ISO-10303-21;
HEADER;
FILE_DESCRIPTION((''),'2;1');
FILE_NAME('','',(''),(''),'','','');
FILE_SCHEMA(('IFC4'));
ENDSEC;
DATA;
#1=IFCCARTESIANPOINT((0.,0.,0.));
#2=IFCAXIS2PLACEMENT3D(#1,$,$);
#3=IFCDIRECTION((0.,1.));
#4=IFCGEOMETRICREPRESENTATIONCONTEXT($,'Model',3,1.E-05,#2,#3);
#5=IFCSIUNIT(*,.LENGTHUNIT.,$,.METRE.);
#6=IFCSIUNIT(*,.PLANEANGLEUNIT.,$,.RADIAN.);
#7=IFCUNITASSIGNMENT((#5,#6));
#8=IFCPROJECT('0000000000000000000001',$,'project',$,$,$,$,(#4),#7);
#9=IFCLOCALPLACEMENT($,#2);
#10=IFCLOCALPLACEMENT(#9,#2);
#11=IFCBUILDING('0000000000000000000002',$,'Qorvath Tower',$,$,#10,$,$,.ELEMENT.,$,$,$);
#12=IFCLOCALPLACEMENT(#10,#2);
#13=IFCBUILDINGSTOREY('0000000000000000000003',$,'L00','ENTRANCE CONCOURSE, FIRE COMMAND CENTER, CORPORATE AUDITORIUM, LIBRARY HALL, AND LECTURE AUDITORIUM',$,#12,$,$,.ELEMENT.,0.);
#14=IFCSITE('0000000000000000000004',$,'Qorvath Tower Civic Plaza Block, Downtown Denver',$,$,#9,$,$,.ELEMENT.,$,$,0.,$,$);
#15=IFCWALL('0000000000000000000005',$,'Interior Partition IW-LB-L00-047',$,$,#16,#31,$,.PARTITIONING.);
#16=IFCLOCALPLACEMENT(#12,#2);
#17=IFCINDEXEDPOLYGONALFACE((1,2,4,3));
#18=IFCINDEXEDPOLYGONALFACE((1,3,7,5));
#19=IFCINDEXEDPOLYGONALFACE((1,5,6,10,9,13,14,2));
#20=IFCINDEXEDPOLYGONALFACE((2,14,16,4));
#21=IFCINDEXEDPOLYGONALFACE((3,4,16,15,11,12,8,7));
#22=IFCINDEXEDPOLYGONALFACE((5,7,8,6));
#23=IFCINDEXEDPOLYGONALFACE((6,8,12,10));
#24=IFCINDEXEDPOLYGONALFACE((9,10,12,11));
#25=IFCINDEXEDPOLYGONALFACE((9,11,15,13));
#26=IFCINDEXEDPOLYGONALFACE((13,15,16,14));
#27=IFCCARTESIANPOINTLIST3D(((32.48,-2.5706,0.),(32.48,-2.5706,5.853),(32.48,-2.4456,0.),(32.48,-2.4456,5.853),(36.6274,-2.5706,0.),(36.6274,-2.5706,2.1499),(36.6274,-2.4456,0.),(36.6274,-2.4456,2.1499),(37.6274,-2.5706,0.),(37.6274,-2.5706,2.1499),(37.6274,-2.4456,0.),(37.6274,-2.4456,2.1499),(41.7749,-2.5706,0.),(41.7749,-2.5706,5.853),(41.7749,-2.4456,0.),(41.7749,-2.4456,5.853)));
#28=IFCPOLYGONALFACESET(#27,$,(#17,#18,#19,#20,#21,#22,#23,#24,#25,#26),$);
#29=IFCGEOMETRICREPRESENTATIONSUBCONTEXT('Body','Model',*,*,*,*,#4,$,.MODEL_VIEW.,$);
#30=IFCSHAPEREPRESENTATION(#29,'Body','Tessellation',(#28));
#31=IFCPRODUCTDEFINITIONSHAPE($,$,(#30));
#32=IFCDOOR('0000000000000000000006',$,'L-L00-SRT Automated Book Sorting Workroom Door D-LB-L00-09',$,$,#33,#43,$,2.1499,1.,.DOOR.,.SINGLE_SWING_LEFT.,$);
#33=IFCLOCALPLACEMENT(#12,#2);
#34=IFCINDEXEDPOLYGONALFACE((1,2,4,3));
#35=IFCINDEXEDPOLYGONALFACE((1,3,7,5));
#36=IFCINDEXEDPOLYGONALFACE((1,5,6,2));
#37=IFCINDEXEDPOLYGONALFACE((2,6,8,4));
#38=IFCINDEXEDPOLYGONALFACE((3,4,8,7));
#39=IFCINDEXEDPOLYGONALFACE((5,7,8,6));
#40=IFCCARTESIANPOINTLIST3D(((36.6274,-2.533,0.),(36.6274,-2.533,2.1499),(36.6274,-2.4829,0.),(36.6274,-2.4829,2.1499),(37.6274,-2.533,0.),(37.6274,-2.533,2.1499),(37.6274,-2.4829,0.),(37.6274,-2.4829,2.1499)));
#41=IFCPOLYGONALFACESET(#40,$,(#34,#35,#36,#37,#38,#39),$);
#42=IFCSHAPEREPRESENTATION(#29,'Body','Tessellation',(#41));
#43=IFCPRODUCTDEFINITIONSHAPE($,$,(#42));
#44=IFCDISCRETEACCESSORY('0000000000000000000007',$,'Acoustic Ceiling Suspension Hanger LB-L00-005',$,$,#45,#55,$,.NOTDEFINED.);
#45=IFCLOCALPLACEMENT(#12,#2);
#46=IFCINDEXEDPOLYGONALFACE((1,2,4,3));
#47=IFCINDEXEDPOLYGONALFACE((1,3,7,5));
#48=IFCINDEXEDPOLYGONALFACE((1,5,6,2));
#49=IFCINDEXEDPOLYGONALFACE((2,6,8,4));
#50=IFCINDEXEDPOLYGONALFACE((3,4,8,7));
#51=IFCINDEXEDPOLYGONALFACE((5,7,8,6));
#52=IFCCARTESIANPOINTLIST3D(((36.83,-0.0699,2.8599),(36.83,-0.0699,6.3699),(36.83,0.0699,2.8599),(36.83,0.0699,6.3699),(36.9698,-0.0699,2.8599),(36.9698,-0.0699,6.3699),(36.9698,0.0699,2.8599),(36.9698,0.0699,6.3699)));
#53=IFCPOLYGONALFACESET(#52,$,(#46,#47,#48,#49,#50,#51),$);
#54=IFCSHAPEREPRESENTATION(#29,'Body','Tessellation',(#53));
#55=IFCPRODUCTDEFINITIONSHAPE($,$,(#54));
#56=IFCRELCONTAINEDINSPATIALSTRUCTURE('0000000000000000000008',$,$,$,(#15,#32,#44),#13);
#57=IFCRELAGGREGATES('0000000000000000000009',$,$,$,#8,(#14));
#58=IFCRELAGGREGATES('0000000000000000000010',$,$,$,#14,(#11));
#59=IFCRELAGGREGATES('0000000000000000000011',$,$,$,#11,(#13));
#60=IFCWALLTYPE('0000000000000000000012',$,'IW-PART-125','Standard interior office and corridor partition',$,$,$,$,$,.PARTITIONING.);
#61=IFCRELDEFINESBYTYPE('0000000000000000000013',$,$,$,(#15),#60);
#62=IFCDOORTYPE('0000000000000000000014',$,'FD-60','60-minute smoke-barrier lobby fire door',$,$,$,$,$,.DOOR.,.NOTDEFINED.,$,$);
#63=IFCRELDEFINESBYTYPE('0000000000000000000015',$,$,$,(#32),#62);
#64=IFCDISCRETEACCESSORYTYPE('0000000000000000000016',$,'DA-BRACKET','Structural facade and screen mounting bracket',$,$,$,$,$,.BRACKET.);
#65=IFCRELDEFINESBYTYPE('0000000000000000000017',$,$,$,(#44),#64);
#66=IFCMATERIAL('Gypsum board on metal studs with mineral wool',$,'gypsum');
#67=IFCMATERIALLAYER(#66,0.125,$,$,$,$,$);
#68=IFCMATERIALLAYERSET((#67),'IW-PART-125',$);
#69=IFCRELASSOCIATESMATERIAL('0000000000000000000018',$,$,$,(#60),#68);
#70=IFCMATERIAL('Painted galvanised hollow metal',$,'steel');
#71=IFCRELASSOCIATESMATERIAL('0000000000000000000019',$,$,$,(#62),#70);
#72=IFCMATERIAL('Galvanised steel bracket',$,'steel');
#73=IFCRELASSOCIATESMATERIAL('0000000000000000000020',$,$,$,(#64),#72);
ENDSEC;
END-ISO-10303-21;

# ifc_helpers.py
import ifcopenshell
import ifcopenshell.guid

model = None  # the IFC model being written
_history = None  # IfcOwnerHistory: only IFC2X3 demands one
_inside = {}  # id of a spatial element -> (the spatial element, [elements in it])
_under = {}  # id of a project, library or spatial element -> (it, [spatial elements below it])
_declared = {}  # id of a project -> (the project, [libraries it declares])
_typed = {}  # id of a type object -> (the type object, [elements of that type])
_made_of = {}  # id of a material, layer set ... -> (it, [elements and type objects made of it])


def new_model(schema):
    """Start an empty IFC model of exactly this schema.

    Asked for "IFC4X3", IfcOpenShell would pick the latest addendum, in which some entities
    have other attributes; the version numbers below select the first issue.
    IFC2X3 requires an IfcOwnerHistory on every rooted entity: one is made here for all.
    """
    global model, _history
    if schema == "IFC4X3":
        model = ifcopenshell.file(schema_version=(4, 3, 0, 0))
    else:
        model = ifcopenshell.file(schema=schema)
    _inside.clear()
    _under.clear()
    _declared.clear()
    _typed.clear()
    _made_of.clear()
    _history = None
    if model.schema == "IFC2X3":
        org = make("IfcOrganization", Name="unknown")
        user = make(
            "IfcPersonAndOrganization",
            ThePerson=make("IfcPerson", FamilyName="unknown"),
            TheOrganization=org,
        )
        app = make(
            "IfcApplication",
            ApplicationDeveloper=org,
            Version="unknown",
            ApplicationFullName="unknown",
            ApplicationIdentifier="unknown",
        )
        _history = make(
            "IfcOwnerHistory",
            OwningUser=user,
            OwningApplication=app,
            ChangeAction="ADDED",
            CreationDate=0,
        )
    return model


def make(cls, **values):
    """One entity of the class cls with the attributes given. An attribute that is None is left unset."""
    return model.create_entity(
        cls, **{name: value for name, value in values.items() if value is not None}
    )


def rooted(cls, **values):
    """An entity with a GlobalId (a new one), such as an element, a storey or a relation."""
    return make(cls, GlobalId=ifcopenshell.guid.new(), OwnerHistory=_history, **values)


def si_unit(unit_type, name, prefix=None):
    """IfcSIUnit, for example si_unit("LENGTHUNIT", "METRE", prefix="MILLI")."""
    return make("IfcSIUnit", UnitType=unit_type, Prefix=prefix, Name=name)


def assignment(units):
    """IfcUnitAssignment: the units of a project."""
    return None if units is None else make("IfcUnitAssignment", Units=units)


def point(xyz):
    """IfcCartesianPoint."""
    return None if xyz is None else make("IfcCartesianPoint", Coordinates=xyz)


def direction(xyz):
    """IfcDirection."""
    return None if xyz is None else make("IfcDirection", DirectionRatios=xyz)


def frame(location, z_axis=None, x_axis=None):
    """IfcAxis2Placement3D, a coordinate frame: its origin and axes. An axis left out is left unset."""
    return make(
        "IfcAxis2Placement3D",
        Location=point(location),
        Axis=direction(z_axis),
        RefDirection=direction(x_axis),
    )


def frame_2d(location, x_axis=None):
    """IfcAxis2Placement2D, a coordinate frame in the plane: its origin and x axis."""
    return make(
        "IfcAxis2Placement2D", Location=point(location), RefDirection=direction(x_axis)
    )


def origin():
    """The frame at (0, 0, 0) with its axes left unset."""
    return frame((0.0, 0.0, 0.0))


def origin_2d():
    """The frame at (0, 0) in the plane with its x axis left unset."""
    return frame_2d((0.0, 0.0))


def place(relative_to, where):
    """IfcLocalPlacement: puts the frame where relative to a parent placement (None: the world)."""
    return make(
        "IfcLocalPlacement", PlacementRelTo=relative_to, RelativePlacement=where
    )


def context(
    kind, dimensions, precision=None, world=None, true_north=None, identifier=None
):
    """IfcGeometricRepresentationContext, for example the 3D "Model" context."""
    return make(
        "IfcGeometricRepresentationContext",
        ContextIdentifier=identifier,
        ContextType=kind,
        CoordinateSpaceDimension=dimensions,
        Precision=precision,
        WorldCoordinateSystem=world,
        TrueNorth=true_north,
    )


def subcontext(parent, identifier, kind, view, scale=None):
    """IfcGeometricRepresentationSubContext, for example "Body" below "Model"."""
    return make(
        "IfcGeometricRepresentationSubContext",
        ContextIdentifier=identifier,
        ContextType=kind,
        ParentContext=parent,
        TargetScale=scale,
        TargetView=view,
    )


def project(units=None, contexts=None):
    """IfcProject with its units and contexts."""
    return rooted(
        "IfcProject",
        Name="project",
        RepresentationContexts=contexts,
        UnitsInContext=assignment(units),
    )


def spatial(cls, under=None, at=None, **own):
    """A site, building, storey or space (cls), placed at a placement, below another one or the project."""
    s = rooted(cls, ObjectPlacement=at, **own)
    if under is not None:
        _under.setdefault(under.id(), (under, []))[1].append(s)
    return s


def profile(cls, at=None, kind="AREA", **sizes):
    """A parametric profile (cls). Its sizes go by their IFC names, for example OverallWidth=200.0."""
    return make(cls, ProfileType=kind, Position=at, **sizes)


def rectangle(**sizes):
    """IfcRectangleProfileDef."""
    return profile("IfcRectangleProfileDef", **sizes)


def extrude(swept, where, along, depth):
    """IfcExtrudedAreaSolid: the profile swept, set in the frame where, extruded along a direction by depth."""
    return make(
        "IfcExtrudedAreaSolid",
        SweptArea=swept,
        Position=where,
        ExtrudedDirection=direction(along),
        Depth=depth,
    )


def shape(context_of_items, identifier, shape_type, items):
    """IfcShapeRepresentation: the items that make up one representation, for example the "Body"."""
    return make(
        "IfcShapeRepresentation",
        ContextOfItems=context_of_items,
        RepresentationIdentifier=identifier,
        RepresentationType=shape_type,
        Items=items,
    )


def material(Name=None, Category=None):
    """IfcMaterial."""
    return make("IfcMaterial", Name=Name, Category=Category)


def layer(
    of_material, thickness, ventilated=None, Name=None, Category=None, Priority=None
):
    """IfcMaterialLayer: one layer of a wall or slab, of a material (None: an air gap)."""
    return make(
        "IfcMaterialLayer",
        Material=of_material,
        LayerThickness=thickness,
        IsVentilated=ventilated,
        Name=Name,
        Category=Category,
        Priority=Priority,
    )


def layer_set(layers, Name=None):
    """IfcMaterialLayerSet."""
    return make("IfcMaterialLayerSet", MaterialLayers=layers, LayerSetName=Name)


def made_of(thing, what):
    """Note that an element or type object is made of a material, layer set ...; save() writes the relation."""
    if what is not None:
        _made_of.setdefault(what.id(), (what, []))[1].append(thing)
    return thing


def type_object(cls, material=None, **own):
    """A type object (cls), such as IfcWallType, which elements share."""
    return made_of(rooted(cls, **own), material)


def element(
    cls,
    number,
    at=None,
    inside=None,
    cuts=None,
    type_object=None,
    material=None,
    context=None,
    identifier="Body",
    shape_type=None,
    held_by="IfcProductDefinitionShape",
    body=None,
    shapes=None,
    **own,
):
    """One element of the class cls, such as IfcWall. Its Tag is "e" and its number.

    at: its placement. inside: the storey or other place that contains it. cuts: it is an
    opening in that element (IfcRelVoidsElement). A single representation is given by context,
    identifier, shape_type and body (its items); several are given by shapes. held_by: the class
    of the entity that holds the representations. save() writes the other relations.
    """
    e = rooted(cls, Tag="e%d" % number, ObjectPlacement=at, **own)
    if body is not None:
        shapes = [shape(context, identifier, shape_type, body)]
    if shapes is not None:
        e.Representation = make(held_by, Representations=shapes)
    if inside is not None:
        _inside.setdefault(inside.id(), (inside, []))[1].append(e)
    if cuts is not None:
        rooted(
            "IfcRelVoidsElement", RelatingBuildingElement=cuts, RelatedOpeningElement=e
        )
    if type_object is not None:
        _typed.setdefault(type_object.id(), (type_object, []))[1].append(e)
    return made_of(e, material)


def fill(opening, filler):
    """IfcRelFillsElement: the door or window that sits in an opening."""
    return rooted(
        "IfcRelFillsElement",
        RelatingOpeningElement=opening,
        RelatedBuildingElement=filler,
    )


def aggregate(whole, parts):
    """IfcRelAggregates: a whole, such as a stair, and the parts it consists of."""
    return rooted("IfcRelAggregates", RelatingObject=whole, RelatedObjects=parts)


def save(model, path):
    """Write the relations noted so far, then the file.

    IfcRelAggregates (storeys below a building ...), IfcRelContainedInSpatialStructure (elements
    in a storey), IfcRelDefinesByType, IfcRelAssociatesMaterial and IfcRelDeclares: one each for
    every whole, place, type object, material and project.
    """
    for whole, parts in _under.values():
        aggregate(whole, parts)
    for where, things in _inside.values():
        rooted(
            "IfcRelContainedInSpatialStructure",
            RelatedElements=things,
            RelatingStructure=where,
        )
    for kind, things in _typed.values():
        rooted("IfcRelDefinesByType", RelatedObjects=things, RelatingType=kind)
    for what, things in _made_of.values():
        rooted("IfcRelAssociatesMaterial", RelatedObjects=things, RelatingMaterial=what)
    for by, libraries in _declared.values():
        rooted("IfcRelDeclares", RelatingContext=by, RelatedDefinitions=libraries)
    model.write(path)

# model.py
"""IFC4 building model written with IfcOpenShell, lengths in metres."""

from ifc_helpers import new_model, si_unit, direction, frame, frame_2d, origin, origin_2d, place, context, subcontext, project, spatial, rectangle, extrude, material, layer, layer_set, type_object, element, fill, save


model = new_model("IFC4")

# Units and contexts
model_context = context("Model", 3, precision=1e-05, world=origin(), true_north=direction((0.0, 1.0)))
body_context = subcontext(model_context, "Body", "Model", "MODEL_VIEW")
ifc_project = project(units=[si_unit("LENGTHUNIT", "METRE"), si_unit("PLANEANGLEUNIT", "RADIAN")], contexts=[model_context])

# Site, building, storey
site_placement = place(None, origin())
site = spatial("IfcSite", under=ifc_project, at=site_placement, Name="Qorvath Tower Civic Plaza Block, Downtown Denver", CompositionType="ELEMENT", RefElevation=0.0)
building_placement = place(site_placement, origin())
building = spatial("IfcBuilding", under=site, at=building_placement, Name="Qorvath Tower", CompositionType="ELEMENT")
storey_placement = place(building_placement, origin())
storey = spatial("IfcBuildingStorey", under=building, at=storey_placement, Name="L00", Description="ENTRANCE CONCOURSE, FIRE COMMAND CENTER, CORPORATE AUDITORIUM, LIBRARY HALL, AND LECTURE AUDITORIUM", CompositionType="ELEMENT", Elevation=0.0)

# Shared definitions
ifc_material_1 = material(Name="Gypsum board on metal studs with mineral wool", Category="gypsum")
ifc_layer_1 = layer(ifc_material_1, 0.125)
ifc_layer_set_1 = layer_set([ifc_layer_1], Name="IW-PART-125")
wall_type_1 = type_object("IfcWallType", Name="IW-PART-125", Description="Standard interior office and corridor partition", PredefinedType="PARTITIONING", material=ifc_layer_set_1)

# Wall, opening, door
wall_1_placement = place(storey_placement, frame((41.7749, -2.5081, 0.0), z_axis=(0.0, 0.0, 1.0), x_axis=(-1.0, 0.0, 0.0)))
wall_1 = element("IfcWall", 1, at=wall_1_placement, inside=storey, type_object=wall_type_1, Name="Interior Partition IW-LB-L00-047", PredefinedType="PARTITIONING", context=body_context, shape_type="SweptSolid", body=[
    extrude(rectangle(XDim=9.2949, YDim=0.125, at=frame_2d((4.6475, 0.0))), origin(), (0.0, 0.0, 1.0), 5.853),
])
opening_placement = place(wall_1_placement, frame((4.1475, 0.0, 0.0)))
opening = element("IfcOpeningElement", 2, at=opening_placement, cuts=wall_1, PredefinedType="OPENING", context=body_context, shape_type="SweptSolid", body=[
    extrude(rectangle(XDim=1.0, YDim=2.1499, at=frame_2d((0.5, 1.075))), frame((0.0, 0.0725, 0.0), z_axis=(0.0, -1.0, 0.0), x_axis=(1.0, 0.0, 0.0)), (0.0, 0.0, 1.0), 0.145),
])
ifc_material_2 = material(Name="Painted galvanised hollow metal", Category="steel")
door_type = type_object("IfcDoorType", Name="FD-60", Description="60-minute smoke-barrier lobby fire door", OperationType="NOTDEFINED", PredefinedType="DOOR", material=ifc_material_2)
door_placement = place(opening_placement, origin())
door = element("IfcDoor", 3, at=door_placement, inside=storey, type_object=door_type, Name="L-L00-SRT Automated Book Sorting Workroom Door D-LB-L00-09", OperationType="SINGLE_SWING_LEFT", OverallHeight=2.1499, OverallWidth=1.0, PredefinedType="DOOR", context=body_context, shape_type="SweptSolid", body=[
    extrude(rectangle(XDim=1.0, YDim=2.1499, at=frame_2d((0.5, 1.075))), frame((0.0, 0.0249, 0.0), z_axis=(0.0, -1.0, 0.0), x_axis=(1.0, 0.0, 0.0)), (0.0, 0.0, 1.0), 0.05),
])
fill(opening, door)

# Discrete accessory
ifc_material_3 = material(Name="Galvanised steel bracket", Category="steel")
discrete_accessory_type = type_object("IfcDiscreteAccessoryType", Name="DA-BRACKET", Description="Structural facade and screen mounting bracket", PredefinedType="BRACKET", material=ifc_material_3)
discrete_accessory_placement = place(storey_placement, frame((36.8999, 0.0, 2.8599), z_axis=(0.0, 0.0, 1.0), x_axis=(1.0, 0.0, 0.0)))
element("IfcDiscreteAccessory", 4, at=discrete_accessory_placement, inside=storey, type_object=discrete_accessory_type, Name="Acoustic Ceiling Suspension Hanger LB-L00-005", PredefinedType="NOTDEFINED", context=body_context, shape_type="SweptSolid", body=[
    extrude(rectangle(XDim=0.1399, YDim=0.1399, at=origin_2d()), origin(), (0.0, 0.0, 1.0), 3.51),
])

save(model, "model.ifc")
